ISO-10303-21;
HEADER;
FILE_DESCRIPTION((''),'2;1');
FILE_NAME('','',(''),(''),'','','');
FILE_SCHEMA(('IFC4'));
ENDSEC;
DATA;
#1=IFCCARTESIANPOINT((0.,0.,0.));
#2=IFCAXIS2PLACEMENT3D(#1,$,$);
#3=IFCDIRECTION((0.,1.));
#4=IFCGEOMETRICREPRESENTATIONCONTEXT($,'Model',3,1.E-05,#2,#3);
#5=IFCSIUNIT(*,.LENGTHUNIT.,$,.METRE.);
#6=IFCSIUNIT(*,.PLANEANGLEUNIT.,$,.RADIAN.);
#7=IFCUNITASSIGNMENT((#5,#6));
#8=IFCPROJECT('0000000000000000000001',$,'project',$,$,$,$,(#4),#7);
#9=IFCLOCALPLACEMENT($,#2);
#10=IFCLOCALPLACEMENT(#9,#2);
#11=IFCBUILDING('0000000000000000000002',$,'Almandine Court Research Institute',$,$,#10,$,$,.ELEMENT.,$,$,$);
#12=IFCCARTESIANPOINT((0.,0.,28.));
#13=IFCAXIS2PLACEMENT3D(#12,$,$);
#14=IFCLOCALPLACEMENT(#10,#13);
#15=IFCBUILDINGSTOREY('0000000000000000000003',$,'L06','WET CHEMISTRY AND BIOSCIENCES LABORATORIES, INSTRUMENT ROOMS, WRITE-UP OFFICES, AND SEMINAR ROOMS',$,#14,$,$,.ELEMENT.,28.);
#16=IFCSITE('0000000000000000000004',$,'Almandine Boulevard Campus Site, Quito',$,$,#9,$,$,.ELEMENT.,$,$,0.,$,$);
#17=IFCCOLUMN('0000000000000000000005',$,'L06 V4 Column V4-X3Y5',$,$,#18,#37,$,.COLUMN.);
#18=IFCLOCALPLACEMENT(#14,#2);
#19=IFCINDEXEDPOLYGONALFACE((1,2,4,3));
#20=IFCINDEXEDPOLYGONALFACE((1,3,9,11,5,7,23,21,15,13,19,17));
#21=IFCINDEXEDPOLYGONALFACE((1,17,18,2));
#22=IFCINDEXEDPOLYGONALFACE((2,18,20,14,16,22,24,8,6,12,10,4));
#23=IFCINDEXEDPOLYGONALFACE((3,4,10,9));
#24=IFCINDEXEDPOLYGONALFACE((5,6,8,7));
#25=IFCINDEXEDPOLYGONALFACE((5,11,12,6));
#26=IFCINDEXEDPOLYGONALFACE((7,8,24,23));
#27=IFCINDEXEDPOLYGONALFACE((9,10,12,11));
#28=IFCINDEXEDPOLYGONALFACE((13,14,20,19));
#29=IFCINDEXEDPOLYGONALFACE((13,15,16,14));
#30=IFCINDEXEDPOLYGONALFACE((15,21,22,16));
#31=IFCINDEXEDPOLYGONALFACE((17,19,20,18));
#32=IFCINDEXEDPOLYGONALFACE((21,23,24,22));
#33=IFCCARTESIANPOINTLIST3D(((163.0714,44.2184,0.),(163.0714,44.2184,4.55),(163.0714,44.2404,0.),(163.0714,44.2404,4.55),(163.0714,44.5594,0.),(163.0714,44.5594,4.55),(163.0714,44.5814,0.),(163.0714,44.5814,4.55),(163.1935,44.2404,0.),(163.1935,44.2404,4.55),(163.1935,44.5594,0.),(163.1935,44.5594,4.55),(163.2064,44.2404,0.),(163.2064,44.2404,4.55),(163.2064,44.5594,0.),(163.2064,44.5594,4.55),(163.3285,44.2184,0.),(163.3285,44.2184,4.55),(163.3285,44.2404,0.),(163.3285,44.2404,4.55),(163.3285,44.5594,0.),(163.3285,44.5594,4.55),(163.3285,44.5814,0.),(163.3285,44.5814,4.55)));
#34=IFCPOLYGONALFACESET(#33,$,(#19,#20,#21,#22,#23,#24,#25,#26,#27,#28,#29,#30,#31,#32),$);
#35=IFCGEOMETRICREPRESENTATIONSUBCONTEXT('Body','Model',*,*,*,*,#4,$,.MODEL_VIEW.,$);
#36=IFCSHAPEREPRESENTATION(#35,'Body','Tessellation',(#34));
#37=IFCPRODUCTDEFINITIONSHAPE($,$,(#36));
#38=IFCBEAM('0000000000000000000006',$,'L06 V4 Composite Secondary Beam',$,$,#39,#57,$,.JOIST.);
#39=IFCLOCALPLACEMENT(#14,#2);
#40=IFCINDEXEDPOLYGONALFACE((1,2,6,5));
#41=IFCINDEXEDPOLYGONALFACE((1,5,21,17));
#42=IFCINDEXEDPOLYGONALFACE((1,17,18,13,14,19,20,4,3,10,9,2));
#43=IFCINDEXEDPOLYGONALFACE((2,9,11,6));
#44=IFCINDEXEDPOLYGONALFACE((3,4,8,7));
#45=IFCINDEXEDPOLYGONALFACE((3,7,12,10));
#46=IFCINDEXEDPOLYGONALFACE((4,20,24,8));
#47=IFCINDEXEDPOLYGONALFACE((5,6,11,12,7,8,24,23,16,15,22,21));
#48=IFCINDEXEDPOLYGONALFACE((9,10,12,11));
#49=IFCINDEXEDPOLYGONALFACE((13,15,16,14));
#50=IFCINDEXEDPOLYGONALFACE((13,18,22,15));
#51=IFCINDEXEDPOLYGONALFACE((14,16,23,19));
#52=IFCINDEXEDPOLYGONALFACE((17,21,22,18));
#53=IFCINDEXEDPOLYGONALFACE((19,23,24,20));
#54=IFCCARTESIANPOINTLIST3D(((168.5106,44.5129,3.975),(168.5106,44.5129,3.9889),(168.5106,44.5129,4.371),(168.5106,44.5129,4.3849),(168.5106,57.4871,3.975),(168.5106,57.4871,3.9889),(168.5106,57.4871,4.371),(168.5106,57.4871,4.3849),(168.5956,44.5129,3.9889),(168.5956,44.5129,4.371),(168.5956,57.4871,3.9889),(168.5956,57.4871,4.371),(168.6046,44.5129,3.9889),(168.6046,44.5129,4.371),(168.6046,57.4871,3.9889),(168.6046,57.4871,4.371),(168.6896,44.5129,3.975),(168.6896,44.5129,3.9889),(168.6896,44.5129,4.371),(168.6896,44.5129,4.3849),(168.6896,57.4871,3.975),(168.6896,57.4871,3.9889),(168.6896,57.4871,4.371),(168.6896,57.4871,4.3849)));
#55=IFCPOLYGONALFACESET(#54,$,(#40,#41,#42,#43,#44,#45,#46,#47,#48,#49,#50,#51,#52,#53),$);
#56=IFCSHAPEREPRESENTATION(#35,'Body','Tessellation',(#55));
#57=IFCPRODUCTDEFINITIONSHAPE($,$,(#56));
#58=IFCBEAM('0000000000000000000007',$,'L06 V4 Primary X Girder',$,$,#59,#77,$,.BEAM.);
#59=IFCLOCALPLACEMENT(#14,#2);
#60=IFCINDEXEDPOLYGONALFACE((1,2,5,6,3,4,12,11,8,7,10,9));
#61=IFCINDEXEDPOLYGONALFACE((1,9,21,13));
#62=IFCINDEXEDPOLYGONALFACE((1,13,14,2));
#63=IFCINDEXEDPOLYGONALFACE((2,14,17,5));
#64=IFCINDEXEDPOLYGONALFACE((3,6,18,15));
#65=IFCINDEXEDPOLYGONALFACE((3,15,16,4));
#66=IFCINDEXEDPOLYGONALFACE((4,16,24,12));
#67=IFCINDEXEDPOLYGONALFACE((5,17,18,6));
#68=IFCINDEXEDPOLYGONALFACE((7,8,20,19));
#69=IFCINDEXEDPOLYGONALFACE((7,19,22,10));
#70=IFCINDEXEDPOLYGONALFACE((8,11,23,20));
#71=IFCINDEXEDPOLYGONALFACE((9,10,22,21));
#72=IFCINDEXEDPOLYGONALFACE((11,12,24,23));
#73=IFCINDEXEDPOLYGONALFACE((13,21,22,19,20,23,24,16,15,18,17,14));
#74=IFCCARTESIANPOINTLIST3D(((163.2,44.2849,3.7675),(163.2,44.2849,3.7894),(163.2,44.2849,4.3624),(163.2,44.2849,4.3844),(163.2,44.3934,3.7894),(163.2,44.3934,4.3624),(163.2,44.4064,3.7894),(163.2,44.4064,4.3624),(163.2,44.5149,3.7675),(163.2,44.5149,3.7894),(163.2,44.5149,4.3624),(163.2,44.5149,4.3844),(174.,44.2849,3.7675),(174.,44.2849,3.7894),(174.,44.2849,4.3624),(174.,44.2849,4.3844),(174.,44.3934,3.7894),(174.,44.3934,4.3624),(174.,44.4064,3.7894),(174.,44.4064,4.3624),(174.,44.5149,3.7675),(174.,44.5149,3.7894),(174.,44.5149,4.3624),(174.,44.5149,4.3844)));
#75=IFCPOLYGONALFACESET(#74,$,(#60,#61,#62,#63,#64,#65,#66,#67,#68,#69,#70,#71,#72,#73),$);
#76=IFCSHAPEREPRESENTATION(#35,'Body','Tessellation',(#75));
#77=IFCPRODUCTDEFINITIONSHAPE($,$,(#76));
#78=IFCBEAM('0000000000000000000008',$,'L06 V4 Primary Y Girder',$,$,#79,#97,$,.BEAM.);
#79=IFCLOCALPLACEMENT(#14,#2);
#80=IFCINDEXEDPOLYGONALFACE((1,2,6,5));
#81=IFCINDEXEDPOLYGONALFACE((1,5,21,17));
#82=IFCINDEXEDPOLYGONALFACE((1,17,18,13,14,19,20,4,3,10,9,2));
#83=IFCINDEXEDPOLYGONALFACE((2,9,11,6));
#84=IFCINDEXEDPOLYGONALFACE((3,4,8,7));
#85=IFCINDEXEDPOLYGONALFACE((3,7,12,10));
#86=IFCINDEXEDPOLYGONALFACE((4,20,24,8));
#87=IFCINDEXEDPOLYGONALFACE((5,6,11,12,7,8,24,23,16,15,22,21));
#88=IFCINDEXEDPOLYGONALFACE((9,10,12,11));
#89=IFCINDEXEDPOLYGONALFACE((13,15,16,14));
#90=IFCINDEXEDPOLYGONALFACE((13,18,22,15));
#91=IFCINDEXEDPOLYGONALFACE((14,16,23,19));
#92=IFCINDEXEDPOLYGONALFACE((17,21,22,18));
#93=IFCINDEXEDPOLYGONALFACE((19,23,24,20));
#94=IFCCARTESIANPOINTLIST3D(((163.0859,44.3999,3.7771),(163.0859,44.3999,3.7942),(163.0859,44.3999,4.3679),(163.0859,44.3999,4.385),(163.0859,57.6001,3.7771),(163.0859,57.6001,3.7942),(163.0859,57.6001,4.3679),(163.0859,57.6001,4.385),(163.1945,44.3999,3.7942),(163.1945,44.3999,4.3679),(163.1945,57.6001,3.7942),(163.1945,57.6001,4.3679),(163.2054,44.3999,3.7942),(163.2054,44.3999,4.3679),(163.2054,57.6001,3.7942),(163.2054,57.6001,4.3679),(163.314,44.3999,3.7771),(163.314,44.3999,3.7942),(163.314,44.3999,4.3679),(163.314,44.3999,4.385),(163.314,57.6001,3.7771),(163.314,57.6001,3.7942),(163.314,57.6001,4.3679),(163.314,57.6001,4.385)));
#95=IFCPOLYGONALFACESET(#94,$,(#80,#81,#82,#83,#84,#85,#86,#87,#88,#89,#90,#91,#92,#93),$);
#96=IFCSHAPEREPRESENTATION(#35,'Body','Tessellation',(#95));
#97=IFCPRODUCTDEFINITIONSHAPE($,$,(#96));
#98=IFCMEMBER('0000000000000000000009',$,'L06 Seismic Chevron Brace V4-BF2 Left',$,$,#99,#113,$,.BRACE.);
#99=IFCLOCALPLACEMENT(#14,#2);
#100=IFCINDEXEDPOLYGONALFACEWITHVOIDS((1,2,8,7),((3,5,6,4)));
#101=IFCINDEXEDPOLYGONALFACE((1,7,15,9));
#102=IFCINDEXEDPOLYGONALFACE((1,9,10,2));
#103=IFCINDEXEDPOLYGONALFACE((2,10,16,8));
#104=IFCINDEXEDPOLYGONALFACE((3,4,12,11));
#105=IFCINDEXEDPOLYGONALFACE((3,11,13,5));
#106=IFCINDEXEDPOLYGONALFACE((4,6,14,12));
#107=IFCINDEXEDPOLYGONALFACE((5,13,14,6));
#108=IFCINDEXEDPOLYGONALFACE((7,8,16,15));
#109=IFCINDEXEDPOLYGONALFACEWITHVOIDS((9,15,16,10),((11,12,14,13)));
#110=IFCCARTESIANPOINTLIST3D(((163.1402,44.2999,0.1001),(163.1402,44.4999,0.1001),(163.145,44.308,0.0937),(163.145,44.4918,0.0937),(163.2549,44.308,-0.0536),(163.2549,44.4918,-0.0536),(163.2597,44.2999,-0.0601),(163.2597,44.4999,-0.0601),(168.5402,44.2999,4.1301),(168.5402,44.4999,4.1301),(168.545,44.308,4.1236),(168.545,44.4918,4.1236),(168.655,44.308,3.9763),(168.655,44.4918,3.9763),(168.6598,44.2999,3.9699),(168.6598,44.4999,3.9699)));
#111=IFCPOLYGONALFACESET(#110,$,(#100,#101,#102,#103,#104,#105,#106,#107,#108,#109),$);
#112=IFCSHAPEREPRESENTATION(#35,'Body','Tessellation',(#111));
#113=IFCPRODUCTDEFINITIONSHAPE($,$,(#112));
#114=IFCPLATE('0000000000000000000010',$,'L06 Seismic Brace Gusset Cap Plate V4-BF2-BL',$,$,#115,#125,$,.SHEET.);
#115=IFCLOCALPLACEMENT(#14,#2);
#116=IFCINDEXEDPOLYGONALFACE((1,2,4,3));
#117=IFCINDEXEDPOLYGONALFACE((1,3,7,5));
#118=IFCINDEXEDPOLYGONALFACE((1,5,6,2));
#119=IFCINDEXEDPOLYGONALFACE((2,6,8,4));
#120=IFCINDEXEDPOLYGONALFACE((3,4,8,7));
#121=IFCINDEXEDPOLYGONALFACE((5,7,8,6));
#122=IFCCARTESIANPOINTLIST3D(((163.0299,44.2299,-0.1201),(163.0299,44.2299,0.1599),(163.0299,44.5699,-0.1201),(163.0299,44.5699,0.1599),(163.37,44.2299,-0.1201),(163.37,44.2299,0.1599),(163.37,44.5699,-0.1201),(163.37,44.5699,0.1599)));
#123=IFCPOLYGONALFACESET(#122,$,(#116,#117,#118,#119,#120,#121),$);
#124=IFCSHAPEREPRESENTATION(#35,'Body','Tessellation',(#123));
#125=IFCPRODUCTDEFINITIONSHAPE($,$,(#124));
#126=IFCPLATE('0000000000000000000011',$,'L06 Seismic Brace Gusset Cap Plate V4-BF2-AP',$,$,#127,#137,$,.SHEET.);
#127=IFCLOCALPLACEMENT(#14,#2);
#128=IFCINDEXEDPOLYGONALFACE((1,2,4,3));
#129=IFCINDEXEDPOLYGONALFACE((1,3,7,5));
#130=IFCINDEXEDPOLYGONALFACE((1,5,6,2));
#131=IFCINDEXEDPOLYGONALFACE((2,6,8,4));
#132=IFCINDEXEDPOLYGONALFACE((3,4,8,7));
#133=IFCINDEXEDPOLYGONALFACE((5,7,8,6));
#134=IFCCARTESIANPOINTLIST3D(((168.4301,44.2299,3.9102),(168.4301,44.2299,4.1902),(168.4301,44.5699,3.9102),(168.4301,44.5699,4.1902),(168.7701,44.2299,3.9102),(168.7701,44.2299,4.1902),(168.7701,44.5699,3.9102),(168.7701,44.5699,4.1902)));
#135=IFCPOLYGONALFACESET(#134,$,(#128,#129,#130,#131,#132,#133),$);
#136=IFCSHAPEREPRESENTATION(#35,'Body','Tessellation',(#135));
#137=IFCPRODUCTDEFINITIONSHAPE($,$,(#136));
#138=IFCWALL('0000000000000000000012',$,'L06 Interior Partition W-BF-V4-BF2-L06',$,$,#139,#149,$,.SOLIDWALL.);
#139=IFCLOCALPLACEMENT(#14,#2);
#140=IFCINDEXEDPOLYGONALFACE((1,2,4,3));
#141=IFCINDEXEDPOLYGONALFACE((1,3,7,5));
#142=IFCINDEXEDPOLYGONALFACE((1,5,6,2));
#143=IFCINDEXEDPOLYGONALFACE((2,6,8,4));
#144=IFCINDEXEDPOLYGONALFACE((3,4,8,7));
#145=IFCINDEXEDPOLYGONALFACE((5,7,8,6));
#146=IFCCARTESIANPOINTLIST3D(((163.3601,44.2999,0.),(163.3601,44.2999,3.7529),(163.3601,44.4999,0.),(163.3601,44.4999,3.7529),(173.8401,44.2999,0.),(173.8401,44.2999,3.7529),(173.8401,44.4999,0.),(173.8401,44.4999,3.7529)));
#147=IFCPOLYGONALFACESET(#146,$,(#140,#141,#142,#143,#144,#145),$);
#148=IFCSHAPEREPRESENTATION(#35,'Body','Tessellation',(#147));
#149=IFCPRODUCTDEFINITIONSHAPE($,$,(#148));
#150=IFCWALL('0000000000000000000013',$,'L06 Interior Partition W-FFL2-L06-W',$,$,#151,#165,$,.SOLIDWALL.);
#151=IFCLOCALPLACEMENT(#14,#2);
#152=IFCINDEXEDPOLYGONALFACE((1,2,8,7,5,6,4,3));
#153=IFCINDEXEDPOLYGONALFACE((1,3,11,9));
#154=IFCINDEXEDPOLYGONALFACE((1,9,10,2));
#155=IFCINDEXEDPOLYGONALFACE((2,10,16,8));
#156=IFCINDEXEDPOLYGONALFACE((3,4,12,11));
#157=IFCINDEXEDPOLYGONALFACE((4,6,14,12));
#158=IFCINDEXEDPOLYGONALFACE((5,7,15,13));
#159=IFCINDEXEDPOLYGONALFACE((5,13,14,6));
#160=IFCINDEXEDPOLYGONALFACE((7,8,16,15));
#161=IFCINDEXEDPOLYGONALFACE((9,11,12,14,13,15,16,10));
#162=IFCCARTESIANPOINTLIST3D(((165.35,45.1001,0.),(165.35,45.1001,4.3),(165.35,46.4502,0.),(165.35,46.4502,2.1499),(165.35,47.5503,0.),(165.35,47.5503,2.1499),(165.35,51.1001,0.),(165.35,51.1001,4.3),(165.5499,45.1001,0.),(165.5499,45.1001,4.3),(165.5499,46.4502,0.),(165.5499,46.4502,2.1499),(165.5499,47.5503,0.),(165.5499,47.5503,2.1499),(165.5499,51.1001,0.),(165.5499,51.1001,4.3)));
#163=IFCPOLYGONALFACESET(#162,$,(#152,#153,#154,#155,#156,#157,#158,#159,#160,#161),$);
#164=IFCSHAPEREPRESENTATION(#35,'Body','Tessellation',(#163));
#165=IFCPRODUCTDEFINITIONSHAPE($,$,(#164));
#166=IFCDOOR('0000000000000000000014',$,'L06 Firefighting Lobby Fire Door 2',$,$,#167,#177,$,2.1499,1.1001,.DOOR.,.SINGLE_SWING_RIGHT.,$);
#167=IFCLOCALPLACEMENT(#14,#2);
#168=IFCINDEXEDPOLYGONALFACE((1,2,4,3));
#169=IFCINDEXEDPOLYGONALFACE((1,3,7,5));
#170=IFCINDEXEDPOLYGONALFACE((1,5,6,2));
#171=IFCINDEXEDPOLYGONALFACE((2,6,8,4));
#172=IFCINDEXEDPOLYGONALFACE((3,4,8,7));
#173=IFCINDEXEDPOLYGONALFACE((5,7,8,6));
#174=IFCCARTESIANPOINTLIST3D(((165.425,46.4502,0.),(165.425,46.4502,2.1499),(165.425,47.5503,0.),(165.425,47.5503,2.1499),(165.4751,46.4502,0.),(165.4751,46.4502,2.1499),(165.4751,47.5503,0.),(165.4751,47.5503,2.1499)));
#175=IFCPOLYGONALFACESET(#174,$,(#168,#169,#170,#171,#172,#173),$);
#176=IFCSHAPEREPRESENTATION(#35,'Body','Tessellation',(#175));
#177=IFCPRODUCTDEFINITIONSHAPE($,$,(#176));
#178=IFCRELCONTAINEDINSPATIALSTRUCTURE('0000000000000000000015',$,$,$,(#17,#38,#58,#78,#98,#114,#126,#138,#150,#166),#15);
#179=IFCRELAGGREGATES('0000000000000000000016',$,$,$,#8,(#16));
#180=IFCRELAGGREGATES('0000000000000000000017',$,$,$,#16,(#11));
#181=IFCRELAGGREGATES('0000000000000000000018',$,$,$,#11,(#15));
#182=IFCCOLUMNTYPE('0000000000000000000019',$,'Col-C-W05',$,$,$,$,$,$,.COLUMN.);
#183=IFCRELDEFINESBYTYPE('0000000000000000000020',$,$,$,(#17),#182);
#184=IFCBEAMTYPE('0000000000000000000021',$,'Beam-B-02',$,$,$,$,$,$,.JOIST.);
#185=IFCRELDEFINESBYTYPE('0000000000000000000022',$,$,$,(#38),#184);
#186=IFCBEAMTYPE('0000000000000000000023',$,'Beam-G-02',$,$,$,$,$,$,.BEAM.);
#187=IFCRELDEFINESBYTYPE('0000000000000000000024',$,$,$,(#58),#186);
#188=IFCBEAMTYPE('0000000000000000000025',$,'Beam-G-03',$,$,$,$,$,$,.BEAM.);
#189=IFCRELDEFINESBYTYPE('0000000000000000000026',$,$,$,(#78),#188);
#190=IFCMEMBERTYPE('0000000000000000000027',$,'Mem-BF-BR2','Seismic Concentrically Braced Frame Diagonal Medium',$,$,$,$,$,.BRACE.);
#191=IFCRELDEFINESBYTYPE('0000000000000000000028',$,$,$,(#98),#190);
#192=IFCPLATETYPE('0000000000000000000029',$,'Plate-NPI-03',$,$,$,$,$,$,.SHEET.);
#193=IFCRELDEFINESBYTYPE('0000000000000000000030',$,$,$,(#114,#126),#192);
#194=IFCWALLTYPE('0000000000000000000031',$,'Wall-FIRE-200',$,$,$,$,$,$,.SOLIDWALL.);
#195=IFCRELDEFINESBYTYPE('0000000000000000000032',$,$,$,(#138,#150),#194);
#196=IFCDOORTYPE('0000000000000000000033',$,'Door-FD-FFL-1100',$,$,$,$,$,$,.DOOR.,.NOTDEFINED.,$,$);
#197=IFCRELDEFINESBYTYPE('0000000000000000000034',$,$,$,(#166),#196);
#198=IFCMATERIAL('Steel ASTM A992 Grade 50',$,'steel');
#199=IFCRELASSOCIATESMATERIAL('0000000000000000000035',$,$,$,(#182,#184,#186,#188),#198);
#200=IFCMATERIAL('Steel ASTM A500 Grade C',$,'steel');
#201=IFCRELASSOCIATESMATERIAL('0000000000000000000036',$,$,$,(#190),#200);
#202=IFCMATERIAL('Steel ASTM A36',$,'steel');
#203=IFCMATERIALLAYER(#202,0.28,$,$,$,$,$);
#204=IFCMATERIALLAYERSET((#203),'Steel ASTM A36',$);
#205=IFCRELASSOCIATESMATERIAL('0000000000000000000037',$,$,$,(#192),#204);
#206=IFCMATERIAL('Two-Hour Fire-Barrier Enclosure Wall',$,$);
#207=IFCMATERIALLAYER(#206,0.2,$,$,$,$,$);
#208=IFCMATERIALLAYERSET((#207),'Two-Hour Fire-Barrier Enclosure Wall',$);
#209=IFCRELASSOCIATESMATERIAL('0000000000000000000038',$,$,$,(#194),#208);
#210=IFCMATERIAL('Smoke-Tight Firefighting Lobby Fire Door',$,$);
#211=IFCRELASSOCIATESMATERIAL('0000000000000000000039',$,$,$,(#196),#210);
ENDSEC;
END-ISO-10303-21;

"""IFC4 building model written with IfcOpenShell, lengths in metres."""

from ifc_helpers import new_model, si_unit, direction, frame, frame_2d, origin, origin_2d, place, context, subcontext, project, spatial, rectangle, hollow_rectangle, i_section, extrude, material, layer, layer_set, material_profile, profile_set, type_object, element, fill, save


model = new_model("IFC4")

# Units and contexts
model_context = context("Model", 3, precision=1e-05, world=origin(), true_north=direction((0.0, 1.0)))
body_context = subcontext(model_context, "Body", "Model", "MODEL_VIEW")
ifc_project = project(units=[si_unit("LENGTHUNIT", "METRE"), si_unit("PLANEANGLEUNIT", "RADIAN")], contexts=[model_context])

# Site, building, storey
site_placement = place(None, origin())
site = spatial("IfcSite", under=ifc_project, at=site_placement, Name="Almandine Boulevard Campus Site, Quito", CompositionType="ELEMENT", RefElevation=0.0)
building_placement = place(site_placement, origin())
building = spatial("IfcBuilding", under=site, at=building_placement, Name="Almandine Court Research Institute", CompositionType="ELEMENT")
storey_placement = place(building_placement, frame((0.0, 0.0, 28.0)))
storey = spatial("IfcBuildingStorey", under=building, at=storey_placement, Name="L06", Description="WET CHEMISTRY AND BIOSCIENCES LABORATORIES, INSTRUMENT ROOMS, WRITE-UP OFFICES, AND SEMINAR ROOMS", CompositionType="ELEMENT", Elevation=28.0)

# Column
ifc_material_1 = material(Name="Steel ASTM A992 Grade 50", Category="steel")
ifc_material_profile_1 = material_profile(ifc_material_1, i_section(OverallWidth=0.2571, OverallDepth=0.363, WebThickness=0.0129, FlangeThickness=0.022, at=origin_2d()), Name="W360x122")
ifc_profile_set_1 = profile_set([ifc_material_profile_1], Name="Steel ASTM A992 Grade 50")
column_type = type_object("IfcColumnType", Name="Col-C-W05", PredefinedType="COLUMN", material=ifc_profile_set_1)
column_placement = place(storey_placement, frame((163.2, 44.3999, 0.0), z_axis=(0.0, 0.0, 1.0), x_axis=(1.0, 0.0, 0.0)))
element("IfcColumn", 1, at=column_placement, inside=storey, type_object=column_type, Name="L06 V4 Column V4-X3Y5", PredefinedType="COLUMN", context=body_context, shape_type="SweptSolid", body=[
    extrude(i_section(OverallWidth=0.2571, OverallDepth=0.363, WebThickness=0.0129, FlangeThickness=0.022, at=origin_2d()), origin(), (0.0, 0.0, 1.0), 4.55),
])

# Beams
ifc_material_profile_2 = material_profile(ifc_material_1, i_section(OverallWidth=0.179, OverallDepth=0.4099, WebThickness=0.009, FlangeThickness=0.0139, at=origin_2d()), Name="W410x67")
ifc_profile_set_2 = profile_set([ifc_material_profile_2], Name="Steel ASTM A992 Grade 50")
beam_type_1 = type_object("IfcBeamType", Name="Beam-B-02", PredefinedType="JOIST", material=ifc_profile_set_2)
beam_1_placement = place(storey_placement, frame((168.6001, 44.5129, 4.1799), z_axis=(0.0, 1.0, 0.0), x_axis=(-1.0, 0.0, 0.0)))
element("IfcBeam", 2, at=beam_1_placement, inside=storey, type_object=beam_type_1, Name="L06 V4 Composite Secondary Beam", PredefinedType="JOIST", context=body_context, shape_type="SweptSolid", body=[
    extrude(i_section(OverallWidth=0.179, OverallDepth=0.4099, WebThickness=0.009, FlangeThickness=0.0139, at=origin_2d()), origin(), (0.0, 0.0, 1.0), 12.9741),
])
ifc_material_profile_3 = material_profile(ifc_material_1, i_section(OverallWidth=0.23, OverallDepth=0.6169, WebThickness=0.0129, FlangeThickness=0.022, at=origin_2d()), Name="W610x140")
ifc_profile_set_3 = profile_set([ifc_material_profile_3], Name="Steel ASTM A992 Grade 50")
beam_type_2 = type_object("IfcBeamType", Name="Beam-G-02", PredefinedType="BEAM", material=ifc_profile_set_3)
beam_2_placement = place(storey_placement, frame((163.2, 44.3999, 4.0759), z_axis=(1.0, 0.0, 0.0), x_axis=(0.0, 1.0, 0.0)))
element("IfcBeam", 3, at=beam_2_placement, inside=storey, type_object=beam_type_2, Name="L06 V4 Primary X Girder", PredefinedType="BEAM", context=body_context, shape_type="SweptSolid", body=[
    extrude(i_section(OverallWidth=0.23, OverallDepth=0.6169, WebThickness=0.0129, FlangeThickness=0.022, at=origin_2d()), origin(), (0.0, 0.0, 1.0), 10.8),
])
ifc_material_profile_4 = material_profile(ifc_material_1, i_section(OverallWidth=0.228, OverallDepth=0.6079, WebThickness=0.011, FlangeThickness=0.0171, at=origin_2d()), Name="W610x113")
ifc_profile_set_4 = profile_set([ifc_material_profile_4], Name="Steel ASTM A992 Grade 50")
beam_type_3 = type_object("IfcBeamType", Name="Beam-G-03", PredefinedType="BEAM", material=ifc_profile_set_4)
beam_3_placement = place(storey_placement, frame((163.2, 44.3999, 4.0811), z_axis=(0.0, 1.0, 0.0), x_axis=(-1.0, 0.0, 0.0)))
element("IfcBeam", 4, at=beam_3_placement, inside=storey, type_object=beam_type_3, Name="L06 V4 Primary Y Girder", PredefinedType="BEAM", context=body_context, shape_type="SweptSolid", body=[
    extrude(i_section(OverallWidth=0.228, OverallDepth=0.6079, WebThickness=0.011, FlangeThickness=0.0171, at=origin_2d()), origin(), (0.0, 0.0, 1.0), 13.2002),
])

# Member
ifc_material_2 = material(Name="Steel ASTM A500 Grade C", Category="steel")
ifc_material_profile_5 = material_profile(ifc_material_2, hollow_rectangle(XDim=0.2, YDim=0.2, WallThickness=0.0081, at=origin_2d()), Name="HSS 200x200x8")
ifc_profile_set_5 = profile_set([ifc_material_profile_5], Name="Steel ASTM A500 Grade C")
member_type = type_object("IfcMemberType", Name="Mem-BF-BR2", Description="Seismic Concentrically Braced Frame Diagonal Medium", PredefinedType="BRACE", material=ifc_profile_set_5)
member_placement = place(storey_placement, frame((163.2, 44.3999, 0.02), z_axis=(0.801428, 0.0, 0.598091), x_axis=(0.0, 1.0, 0.0)))
element("IfcMember", 5, at=member_placement, inside=storey, type_object=member_type, Name="L06 Seismic Chevron Brace V4-BF2 Left", PredefinedType="BRACE", context=body_context, shape_type="SweptSolid", body=[
    extrude(hollow_rectangle(XDim=0.2, YDim=0.2, WallThickness=0.0081, at=origin_2d()), origin(), (0.0, 0.0, 1.0), 6.738),
])

# Plates
ifc_material_3 = material(Name="Steel ASTM A36", Category="steel")
ifc_layer_1 = layer(ifc_material_3, 0.28)
ifc_layer_set_1 = layer_set([ifc_layer_1], Name="Steel ASTM A36")
plate_type = type_object("IfcPlateType", Name="Plate-NPI-03", PredefinedType="SHEET", material=ifc_layer_set_1)
for number, where, z_axis, x_axis, name in (
    (6, (163.2, 44.3999, -0.1201), (0.0, 0.0, 1.0), (1.0, 0.0, 0.0), "L06 Seismic Brace Gusset Cap Plate V4-BF2-BL"),
    (7, (168.6001, 44.3999, 3.9102), (0.0, 0.0, 1.0), (1.0, 0.0, 0.0), "L06 Seismic Brace Gusset Cap Plate V4-BF2-AP"),
):
    element("IfcPlate", number, at=place(storey_placement, frame(where, z_axis=z_axis, x_axis=x_axis)), inside=storey, type_object=plate_type, Name=name, PredefinedType="SHEET", context=body_context, shape_type="SweptSolid", body=[
        extrude(rectangle(XDim=0.3401, YDim=0.3401, at=origin_2d()), origin(), (0.0, 0.0, 1.0), 0.28),
    ])

# Wall
ifc_material_4 = material(Name="Two-Hour Fire-Barrier Enclosure Wall")
ifc_layer_2 = layer(ifc_material_4, 0.2)
ifc_layer_set_2 = layer_set([ifc_layer_2], Name="Two-Hour Fire-Barrier Enclosure Wall")
wall_type_1 = type_object("IfcWallType", Name="Wall-FIRE-200", PredefinedType="SOLIDWALL", material=ifc_layer_set_2)
wall_1_placement = place(storey_placement, frame((163.3601, 44.3999, 0.0), z_axis=(0.0, 0.0, 1.0), x_axis=(1.0, 0.0, 0.0)))
element("IfcWall", 8, at=wall_1_placement, inside=storey, type_object=wall_type_1, Name="L06 Interior Partition W-BF-V4-BF2-L06", PredefinedType="SOLIDWALL", context=body_context, shape_type="SweptSolid", body=[
    extrude(rectangle(XDim=10.48, YDim=0.2, at=frame_2d((5.24, 0.0))), origin(), (0.0, 0.0, 1.0), 3.7529),
])

# Wall, opening, door
wall_2_placement = place(storey_placement, frame((165.45, 45.1001, 0.0), z_axis=(0.0, 0.0, 1.0), x_axis=(0.0, 1.0, 0.0)))
wall_2 = element("IfcWall", 9, at=wall_2_placement, inside=storey, type_object=wall_type_1, Name="L06 Interior Partition W-FFL2-L06-W", PredefinedType="SOLIDWALL", context=body_context, shape_type="SweptSolid", body=[
    extrude(rectangle(XDim=6.0, YDim=0.2, at=frame_2d((3.0, 0.0))), origin(), (0.0, 0.0, 1.0), 4.3),
])
opening_1_placement = place(wall_2_placement, frame((1.3501, 0.0, 0.0)))
opening_1 = element("IfcOpeningElement", 10, at=opening_1_placement, cuts=wall_2, PredefinedType="OPENING", context=body_context, shape_type="SweptSolid", body=[
    extrude(rectangle(XDim=1.1001, YDim=2.1499, at=frame_2d((0.55, 1.075))), frame((0.0, 0.1099, 0.0), z_axis=(0.0, -1.0, 0.0), x_axis=(1.0, 0.0, 0.0)), (0.0, 0.0, 1.0), 0.22),
])
ifc_material_5 = material(Name="Smoke-Tight Firefighting Lobby Fire Door")
door_type_1 = type_object("IfcDoorType", Name="Door-FD-FFL-1100", OperationType="NOTDEFINED", PredefinedType="DOOR", material=ifc_material_5)
door_1_placement = place(opening_1_placement, origin())
door_1 = element("IfcDoor", 11, at=door_1_placement, inside=storey, type_object=door_type_1, Name="L06 Firefighting Lobby Fire Door 2", OperationType="SINGLE_SWING_RIGHT", OverallHeight=2.1499, OverallWidth=1.1001, PredefinedType="DOOR", context=body_context, shape_type="SweptSolid", body=[
    extrude(rectangle(XDim=1.1001, YDim=2.1499, at=frame_2d((0.55, 1.075))), frame((0.0, 0.0249, 0.0), z_axis=(0.0, -1.0, 0.0), x_axis=(1.0, 0.0, 0.0)), (0.0, 0.0, 1.0), 0.05),
])
fill(opening_1, door_1)

save(model, "model.ifc")
